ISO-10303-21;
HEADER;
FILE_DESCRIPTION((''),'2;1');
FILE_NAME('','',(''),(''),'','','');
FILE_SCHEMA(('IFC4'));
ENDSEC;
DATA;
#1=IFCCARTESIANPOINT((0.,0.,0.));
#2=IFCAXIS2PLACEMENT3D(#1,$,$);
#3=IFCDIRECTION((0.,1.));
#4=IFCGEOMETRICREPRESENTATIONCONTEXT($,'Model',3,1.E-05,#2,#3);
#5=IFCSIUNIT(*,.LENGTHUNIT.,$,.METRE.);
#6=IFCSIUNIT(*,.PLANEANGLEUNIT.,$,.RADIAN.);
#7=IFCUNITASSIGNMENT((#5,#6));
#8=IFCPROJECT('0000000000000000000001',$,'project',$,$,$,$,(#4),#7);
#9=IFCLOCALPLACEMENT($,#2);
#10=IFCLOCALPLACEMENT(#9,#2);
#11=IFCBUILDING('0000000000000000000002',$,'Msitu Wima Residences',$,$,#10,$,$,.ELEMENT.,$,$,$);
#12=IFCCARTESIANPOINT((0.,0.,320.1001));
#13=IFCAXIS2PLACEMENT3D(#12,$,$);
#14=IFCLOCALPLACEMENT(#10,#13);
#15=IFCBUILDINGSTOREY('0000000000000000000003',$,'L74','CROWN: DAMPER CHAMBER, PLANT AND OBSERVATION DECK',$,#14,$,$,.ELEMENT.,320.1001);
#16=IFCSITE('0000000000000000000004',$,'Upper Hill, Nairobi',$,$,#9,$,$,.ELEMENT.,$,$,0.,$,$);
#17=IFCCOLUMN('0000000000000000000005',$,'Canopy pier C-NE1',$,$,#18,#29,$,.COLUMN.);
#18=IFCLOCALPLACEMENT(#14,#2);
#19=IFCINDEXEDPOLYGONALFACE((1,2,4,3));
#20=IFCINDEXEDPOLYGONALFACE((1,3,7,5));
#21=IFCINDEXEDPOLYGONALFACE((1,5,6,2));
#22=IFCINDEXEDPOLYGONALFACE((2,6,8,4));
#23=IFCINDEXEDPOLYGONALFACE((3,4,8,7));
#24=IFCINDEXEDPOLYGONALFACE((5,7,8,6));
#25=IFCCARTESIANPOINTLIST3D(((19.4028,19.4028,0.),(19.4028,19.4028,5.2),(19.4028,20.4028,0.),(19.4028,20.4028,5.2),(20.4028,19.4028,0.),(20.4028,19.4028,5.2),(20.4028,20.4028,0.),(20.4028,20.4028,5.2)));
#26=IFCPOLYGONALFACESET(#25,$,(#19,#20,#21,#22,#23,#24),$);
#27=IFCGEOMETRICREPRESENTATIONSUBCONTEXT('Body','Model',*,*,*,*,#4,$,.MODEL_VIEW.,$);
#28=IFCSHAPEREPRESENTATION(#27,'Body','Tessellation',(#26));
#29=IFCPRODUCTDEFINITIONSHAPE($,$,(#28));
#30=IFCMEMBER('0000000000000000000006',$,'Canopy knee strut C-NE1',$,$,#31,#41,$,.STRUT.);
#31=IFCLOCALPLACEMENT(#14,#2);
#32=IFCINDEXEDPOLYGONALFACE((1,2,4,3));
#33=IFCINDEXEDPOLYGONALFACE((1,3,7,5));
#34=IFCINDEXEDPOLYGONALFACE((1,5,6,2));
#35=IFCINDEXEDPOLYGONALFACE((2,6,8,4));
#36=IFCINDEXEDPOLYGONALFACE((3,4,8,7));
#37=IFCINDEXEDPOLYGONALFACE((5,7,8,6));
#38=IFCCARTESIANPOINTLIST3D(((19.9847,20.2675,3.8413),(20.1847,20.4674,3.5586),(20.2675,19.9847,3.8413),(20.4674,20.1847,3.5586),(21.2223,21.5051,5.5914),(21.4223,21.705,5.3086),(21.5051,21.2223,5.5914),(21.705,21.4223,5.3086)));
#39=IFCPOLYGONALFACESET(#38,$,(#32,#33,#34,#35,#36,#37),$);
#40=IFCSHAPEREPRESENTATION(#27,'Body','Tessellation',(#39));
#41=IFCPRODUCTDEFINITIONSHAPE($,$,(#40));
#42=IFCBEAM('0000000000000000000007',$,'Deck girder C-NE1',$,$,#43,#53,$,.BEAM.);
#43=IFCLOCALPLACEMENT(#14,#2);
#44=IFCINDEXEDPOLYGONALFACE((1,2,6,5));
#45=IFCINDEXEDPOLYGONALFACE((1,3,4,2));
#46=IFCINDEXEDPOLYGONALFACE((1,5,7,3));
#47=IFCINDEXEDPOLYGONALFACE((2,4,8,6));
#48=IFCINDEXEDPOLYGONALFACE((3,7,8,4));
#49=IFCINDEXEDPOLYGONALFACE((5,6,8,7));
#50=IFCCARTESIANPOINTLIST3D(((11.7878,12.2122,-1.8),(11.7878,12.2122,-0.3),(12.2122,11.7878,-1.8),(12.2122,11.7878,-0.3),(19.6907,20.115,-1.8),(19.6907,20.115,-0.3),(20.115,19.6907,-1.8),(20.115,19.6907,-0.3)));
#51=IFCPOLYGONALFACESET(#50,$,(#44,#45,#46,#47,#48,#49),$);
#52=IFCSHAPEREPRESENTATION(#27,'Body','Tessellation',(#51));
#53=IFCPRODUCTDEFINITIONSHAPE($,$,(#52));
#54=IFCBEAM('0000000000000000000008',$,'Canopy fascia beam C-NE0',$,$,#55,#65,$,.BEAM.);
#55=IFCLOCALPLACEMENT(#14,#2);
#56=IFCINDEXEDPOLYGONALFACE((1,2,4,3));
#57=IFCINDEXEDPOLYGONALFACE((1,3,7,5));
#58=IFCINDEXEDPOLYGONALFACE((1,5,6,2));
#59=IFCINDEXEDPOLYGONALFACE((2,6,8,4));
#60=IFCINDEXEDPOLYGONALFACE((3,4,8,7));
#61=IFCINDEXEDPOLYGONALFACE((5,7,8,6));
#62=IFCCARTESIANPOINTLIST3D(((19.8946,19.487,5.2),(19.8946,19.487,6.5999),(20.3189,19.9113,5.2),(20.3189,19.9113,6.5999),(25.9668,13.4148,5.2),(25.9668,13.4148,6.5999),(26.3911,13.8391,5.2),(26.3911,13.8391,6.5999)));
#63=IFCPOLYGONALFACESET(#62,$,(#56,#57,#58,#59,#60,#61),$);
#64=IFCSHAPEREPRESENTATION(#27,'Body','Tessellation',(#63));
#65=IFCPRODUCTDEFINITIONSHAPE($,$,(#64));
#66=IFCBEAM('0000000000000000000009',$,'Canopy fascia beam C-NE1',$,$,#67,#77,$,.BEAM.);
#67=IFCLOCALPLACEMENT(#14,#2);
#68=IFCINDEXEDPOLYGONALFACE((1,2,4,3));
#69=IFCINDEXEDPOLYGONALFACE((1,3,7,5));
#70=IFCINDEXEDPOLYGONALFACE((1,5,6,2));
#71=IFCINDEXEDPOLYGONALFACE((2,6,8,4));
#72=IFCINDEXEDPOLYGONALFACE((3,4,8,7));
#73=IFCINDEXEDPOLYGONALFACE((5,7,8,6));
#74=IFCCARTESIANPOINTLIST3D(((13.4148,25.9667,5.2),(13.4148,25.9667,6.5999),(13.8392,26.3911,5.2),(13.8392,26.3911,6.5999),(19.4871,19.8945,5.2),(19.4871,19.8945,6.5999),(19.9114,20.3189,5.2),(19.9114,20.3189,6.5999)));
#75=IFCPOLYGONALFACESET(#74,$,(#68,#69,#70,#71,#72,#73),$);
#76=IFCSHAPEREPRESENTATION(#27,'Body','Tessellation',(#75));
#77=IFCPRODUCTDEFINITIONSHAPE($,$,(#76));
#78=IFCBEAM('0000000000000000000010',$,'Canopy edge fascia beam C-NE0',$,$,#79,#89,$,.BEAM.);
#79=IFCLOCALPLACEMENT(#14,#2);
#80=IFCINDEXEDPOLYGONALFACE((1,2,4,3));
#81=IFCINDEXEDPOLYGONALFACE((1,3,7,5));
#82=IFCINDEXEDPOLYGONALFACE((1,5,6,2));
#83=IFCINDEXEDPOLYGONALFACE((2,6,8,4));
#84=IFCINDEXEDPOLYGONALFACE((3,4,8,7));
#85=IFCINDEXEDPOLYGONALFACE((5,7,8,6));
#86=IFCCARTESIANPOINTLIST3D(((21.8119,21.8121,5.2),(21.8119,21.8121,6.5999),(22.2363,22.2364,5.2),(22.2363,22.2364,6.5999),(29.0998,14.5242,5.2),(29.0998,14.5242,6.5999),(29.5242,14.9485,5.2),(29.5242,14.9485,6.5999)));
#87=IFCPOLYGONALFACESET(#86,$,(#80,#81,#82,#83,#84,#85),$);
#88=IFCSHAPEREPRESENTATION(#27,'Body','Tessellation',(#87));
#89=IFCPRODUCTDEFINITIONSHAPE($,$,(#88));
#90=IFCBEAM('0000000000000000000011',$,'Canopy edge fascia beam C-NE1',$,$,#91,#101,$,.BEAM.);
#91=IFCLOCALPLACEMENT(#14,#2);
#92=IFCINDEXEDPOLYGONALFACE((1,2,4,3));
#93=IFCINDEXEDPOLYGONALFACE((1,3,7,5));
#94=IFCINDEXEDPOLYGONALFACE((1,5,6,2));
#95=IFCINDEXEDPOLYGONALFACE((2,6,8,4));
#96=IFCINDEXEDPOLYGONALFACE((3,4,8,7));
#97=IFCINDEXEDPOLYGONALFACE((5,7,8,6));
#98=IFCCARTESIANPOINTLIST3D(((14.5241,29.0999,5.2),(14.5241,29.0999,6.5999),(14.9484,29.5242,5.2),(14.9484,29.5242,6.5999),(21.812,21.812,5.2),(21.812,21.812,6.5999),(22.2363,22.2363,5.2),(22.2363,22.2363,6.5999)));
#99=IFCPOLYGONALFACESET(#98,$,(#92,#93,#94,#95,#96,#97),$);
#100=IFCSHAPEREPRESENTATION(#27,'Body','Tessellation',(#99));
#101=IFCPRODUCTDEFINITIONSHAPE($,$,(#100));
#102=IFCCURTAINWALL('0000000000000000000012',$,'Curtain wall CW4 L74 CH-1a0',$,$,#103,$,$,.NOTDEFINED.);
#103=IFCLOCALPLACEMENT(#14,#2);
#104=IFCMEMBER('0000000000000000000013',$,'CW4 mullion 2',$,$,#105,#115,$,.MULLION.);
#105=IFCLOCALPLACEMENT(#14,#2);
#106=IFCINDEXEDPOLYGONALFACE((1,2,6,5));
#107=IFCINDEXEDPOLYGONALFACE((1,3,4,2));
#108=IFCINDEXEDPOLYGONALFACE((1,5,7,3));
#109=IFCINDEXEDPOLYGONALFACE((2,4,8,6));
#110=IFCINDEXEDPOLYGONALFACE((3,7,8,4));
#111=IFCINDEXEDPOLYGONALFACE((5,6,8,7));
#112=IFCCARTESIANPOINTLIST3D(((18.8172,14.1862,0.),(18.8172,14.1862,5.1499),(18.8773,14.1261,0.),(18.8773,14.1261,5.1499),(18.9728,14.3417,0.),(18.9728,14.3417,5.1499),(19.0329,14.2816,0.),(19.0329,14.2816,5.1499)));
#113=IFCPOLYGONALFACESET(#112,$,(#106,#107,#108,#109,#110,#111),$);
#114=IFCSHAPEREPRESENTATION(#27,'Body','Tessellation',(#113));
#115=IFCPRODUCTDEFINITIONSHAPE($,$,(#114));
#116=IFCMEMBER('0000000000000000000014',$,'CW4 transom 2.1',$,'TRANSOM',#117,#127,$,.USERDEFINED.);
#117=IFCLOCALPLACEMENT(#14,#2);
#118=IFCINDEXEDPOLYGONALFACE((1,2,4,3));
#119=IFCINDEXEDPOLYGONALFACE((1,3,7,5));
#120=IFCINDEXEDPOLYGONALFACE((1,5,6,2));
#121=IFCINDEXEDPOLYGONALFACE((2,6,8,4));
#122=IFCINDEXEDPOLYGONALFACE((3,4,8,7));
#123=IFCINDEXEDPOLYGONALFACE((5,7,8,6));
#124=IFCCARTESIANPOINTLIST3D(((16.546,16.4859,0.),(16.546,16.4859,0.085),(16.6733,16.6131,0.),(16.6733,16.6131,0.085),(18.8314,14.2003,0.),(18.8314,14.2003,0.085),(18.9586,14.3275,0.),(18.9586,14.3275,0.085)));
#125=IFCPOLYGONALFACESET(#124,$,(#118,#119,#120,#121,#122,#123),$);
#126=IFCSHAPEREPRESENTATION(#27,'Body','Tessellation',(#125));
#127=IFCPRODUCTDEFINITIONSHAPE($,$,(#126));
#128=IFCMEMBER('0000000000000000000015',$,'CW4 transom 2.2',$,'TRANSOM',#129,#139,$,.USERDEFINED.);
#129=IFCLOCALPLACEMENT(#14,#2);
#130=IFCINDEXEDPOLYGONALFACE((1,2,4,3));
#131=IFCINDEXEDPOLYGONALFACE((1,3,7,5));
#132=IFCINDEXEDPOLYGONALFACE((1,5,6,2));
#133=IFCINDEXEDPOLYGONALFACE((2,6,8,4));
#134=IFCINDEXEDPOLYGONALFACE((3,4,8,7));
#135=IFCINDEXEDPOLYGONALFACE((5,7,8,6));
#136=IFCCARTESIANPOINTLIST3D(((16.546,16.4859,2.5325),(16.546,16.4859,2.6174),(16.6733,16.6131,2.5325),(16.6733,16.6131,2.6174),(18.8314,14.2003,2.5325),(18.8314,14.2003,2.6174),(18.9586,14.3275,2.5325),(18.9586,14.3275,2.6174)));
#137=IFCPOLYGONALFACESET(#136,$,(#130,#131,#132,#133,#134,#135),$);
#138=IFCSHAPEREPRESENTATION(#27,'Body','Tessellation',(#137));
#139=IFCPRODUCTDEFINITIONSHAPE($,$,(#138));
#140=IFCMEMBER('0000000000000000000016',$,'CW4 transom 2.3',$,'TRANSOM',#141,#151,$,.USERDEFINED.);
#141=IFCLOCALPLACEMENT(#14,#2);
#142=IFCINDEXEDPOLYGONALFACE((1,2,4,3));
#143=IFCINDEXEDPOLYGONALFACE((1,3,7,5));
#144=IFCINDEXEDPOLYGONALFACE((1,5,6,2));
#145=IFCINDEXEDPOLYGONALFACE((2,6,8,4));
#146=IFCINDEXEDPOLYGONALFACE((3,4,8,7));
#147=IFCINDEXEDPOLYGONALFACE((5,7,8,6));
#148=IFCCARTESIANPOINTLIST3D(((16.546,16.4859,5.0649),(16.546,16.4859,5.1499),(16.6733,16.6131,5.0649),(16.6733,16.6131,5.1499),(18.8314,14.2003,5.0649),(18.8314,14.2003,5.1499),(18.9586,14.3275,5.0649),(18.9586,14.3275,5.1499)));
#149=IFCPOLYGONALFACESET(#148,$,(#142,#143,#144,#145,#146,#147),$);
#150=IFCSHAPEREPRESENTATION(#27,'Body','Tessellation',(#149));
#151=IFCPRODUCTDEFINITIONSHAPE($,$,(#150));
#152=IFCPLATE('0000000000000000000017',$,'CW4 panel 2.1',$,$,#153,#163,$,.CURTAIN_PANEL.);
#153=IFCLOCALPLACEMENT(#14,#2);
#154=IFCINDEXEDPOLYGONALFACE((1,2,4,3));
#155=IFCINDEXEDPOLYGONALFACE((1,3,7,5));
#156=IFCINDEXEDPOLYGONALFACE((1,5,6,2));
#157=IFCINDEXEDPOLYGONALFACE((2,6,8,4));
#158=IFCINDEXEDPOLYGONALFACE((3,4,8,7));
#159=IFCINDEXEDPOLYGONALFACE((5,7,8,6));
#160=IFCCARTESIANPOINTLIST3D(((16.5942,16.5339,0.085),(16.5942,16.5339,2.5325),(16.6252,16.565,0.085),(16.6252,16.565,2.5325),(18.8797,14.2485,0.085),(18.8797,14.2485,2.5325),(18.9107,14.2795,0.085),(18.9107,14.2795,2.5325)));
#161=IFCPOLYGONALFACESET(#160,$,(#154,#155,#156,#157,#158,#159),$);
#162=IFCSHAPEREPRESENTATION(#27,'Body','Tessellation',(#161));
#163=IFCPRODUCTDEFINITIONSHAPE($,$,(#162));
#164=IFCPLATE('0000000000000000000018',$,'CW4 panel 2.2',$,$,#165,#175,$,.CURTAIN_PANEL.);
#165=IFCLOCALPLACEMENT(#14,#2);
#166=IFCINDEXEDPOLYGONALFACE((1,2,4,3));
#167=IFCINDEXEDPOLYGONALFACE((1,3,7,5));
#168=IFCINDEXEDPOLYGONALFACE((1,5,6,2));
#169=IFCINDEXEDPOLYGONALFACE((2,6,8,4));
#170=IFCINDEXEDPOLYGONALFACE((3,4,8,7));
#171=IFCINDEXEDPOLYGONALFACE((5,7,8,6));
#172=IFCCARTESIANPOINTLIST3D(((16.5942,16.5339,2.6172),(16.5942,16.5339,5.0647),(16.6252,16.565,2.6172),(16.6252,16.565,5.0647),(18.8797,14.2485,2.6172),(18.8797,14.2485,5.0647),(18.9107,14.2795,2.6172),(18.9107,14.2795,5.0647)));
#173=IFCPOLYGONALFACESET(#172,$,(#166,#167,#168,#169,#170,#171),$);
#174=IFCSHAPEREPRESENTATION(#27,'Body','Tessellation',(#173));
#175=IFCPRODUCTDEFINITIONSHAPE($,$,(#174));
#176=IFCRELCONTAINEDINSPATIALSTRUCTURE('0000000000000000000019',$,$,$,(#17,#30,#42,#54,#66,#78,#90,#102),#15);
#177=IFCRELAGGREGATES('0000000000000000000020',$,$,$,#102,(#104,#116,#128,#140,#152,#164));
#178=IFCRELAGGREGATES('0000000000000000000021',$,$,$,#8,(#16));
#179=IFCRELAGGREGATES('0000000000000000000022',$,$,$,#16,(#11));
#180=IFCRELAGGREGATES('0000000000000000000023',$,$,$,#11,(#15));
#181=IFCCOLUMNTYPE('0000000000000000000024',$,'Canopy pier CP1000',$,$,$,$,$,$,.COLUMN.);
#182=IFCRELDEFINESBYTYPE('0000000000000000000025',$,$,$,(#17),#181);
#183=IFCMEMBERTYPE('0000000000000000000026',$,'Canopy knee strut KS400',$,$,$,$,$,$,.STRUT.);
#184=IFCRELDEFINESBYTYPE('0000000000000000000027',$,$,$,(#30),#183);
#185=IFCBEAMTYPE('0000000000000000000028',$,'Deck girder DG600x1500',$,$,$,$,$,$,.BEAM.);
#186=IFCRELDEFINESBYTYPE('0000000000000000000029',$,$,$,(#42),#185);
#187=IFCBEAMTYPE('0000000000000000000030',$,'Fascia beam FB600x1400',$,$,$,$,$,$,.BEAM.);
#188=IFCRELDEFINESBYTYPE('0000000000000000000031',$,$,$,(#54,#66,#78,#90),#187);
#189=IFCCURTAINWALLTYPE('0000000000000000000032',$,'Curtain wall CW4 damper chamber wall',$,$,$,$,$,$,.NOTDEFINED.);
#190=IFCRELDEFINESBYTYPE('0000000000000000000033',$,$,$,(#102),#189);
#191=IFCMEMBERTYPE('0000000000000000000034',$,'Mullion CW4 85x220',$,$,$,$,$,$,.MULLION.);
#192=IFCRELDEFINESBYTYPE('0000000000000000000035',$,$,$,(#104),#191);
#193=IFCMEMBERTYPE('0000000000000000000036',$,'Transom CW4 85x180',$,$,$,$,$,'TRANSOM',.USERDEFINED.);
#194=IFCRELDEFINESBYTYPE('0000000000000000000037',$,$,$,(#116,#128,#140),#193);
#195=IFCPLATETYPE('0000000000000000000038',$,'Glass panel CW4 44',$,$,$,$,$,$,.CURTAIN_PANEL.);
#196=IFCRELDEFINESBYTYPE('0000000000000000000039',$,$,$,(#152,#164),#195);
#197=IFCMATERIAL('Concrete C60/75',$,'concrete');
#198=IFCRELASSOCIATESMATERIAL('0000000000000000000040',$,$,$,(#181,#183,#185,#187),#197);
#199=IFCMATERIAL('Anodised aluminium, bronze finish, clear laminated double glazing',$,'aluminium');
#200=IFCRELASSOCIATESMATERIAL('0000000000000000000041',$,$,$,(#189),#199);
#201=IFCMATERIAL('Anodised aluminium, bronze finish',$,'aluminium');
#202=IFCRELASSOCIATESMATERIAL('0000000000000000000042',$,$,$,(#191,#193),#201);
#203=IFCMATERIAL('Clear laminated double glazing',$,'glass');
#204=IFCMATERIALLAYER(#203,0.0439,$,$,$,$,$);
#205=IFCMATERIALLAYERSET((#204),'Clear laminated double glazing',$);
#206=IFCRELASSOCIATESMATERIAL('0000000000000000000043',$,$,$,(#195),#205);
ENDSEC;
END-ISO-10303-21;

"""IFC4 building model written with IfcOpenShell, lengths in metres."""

from ifc_helpers import new_model, si_unit, direction, frame, origin, origin_2d, place, context, subcontext, project, spatial, rectangle, extrude, material, layer, layer_set, material_profile, profile_set, type_object, element, aggregate, save


model = new_model("IFC4")

# Units and contexts
model_context = context("Model", 3, precision=1e-05, world=origin(), true_north=direction((0.0, 1.0)))
body_context = subcontext(model_context, "Body", "Model", "MODEL_VIEW")
ifc_project = project(units=[si_unit("LENGTHUNIT", "METRE"), si_unit("PLANEANGLEUNIT", "RADIAN")], contexts=[model_context])

# Site, building, storey
site_placement = place(None, origin())
site = spatial("IfcSite", under=ifc_project, at=site_placement, Name="Upper Hill, Nairobi", CompositionType="ELEMENT", RefElevation=0.0)
building_placement = place(site_placement, origin())
building = spatial("IfcBuilding", under=site, at=building_placement, Name="Msitu Wima Residences", CompositionType="ELEMENT")
storey_placement = place(building_placement, frame((0.0, 0.0, 320.1001)))
storey = spatial("IfcBuildingStorey", under=building, at=storey_placement, Name="L74", Description="CROWN: DAMPER CHAMBER, PLANT AND OBSERVATION DECK", CompositionType="ELEMENT", Elevation=320.1001)

# Column
ifc_material_1 = material(Name="Concrete C60/75", Category="concrete")
ifc_material_profile_1 = material_profile(ifc_material_1, rectangle(XDim=1.0, YDim=1.0, at=origin_2d()), Name="RC 1000x1000")
ifc_profile_set_1 = profile_set([ifc_material_profile_1], Name="Concrete C60/75")
column_type = type_object("IfcColumnType", Name="Canopy pier CP1000", PredefinedType="COLUMN", material=ifc_profile_set_1)
column_placement = place(storey_placement, frame((19.9028, 19.9028, 0.0), z_axis=(0.0, 0.0, 1.0), x_axis=(1.0, 0.0, 0.0)))
element("IfcColumn", 1, at=column_placement, inside=storey, type_object=column_type, Name="Canopy pier C-NE1", PredefinedType="COLUMN", context=body_context, shape_type="SweptSolid", body=[
    extrude(rectangle(XDim=1.0, YDim=1.0, at=origin_2d()), origin(), (0.0, 0.0, 1.0), 5.2),
])

# Member
ifc_material_profile_2 = material_profile(ifc_material_1, rectangle(XDim=0.3999, YDim=0.3999, at=origin_2d()), Name="RC 400x400")
ifc_profile_set_2 = profile_set([ifc_material_profile_2], Name="Concrete C60/75")
member_type_1 = type_object("IfcMemberType", Name="Canopy knee strut KS400", PredefinedType="STRUT", material=ifc_profile_set_2)
member_1_placement = place(storey_placement, frame((20.2261, 20.2261, 3.7), z_axis=(0.500023, 0.500023, 0.707075), x_axis=(-0.707107, 0.707107, 0.0)))
element("IfcMember", 2, at=member_1_placement, inside=storey, type_object=member_type_1, Name="Canopy knee strut C-NE1", PredefinedType="STRUT", context=body_context, shape_type="SweptSolid", body=[
    extrude(rectangle(XDim=0.3999, YDim=0.3999, at=origin_2d()), origin(), (0.0, 0.0, 1.0), 2.4751),
])

# Beams
ifc_material_profile_3 = material_profile(ifc_material_1, rectangle(XDim=0.6001, YDim=1.5, at=origin_2d()), Name="RC 600x1500")
ifc_profile_set_3 = profile_set([ifc_material_profile_3], Name="Concrete C60/75")
beam_type_1 = type_object("IfcBeamType", Name="Deck girder DG600x1500", PredefinedType="BEAM", material=ifc_profile_set_3)
beam_placement = place(storey_placement, frame((19.9028, 19.9028, -1.05), z_axis=(-0.707107, -0.707107, 0.0), x_axis=(0.707107, -0.707107, 0.0)))
element("IfcBeam", 3, at=beam_placement, inside=storey, type_object=beam_type_1, Name="Deck girder C-NE1", PredefinedType="BEAM", context=body_context, shape_type="SweptSolid", body=[
    extrude(rectangle(XDim=0.6001, YDim=1.5, at=origin_2d()), origin(), (0.0, 0.0, 1.0), 11.1763),
])
ifc_material_profile_4 = material_profile(ifc_material_1, rectangle(XDim=0.6001, YDim=1.3999, at=origin_2d()), Name="RC 600x1400")
ifc_profile_set_4 = profile_set([ifc_material_profile_4], Name="Concrete C60/75")
beam_type_2 = type_object("IfcBeamType", Name="Fascia beam FB600x1400", PredefinedType="BEAM", material=ifc_profile_set_4)
for number, where, z_axis, x_axis, name in (
    (4, (26.179, 13.627, 5.8999), (-0.707107, 0.707107, 0.0), (-0.707107, -0.707107, 0.0), "Canopy fascia beam C-NE0"),
    (5, (19.6992, 20.1067, 5.8999), (-0.707107, 0.707107, 0.0), (-0.707107, -0.707107, 0.0), "Canopy fascia beam C-NE1"),
):
    element("IfcBeam", number, at=place(storey_placement, frame(where, z_axis=z_axis, x_axis=x_axis)), inside=storey, type_object=beam_type_2, Name=name, PredefinedType="BEAM", context=body_context, shape_type="SweptSolid", body=[
        extrude(rectangle(XDim=0.6001, YDim=1.3999, at=origin_2d()), origin(), (0.0, 0.0, 1.0), 8.5874),
    ])
for number, where, z_axis, x_axis, name in (
    (6, (29.312, 14.7363, 5.8999), (-0.707107, 0.707107, 0.0), (-0.707107, -0.707107, 0.0), "Canopy edge fascia beam C-NE0"),
    (7, (22.0242, 22.0242, 5.8999), (-0.707107, 0.707107, 0.0), (-0.707107, -0.707107, 0.0), "Canopy edge fascia beam C-NE1"),
):
    element("IfcBeam", number, at=place(storey_placement, frame(where, z_axis=z_axis, x_axis=x_axis)), inside=storey, type_object=beam_type_2, Name=name, PredefinedType="BEAM", context=body_context, shape_type="SweptSolid", body=[
        extrude(rectangle(XDim=0.6001, YDim=1.3999, at=origin_2d()), origin(), (0.0, 0.0, 1.0), 10.3066),
    ])

# Curtain wall, members, plates
ifc_material_2 = material(Name="Anodised aluminium, bronze finish, clear laminated double glazing", Category="aluminium")
curtain_wall_type = type_object("IfcCurtainWallType", Name="Curtain wall CW4 damper chamber wall", PredefinedType="NOTDEFINED", material=ifc_material_2)
curtain_wall_placement = place(storey_placement, origin())
curtain_wall = element("IfcCurtainWall", 8, at=curtain_wall_placement, inside=storey, type_object=curtain_wall_type, Name="Curtain wall CW4 L74 CH-1a0", PredefinedType="NOTDEFINED")
ifc_material_3 = material(Name="Anodised aluminium, bronze finish", Category="aluminium")
ifc_material_profile_5 = material_profile(ifc_material_3, rectangle(XDim=0.22, YDim=0.085, at=origin_2d()), Name="Mullion 85x220")
ifc_profile_set_5 = profile_set([ifc_material_profile_5], Name="Anodised aluminium, bronze finish")
member_type_2 = type_object("IfcMemberType", Name="Mullion CW4 85x220", PredefinedType="MULLION", material=ifc_profile_set_5)
member_2_placement = place(storey_placement, frame((18.925, 14.2339, 0.0), z_axis=(0.0, 0.0, 1.0), x_axis=(-0.707107, -0.707107, 0.0)))
member_2 = element("IfcMember", 9, at=member_2_placement, type_object=member_type_2, Name="CW4 mullion 2", PredefinedType="MULLION", context=body_context, shape_type="SweptSolid", body=[
    extrude(rectangle(XDim=0.22, YDim=0.085, at=origin_2d()), origin(), (0.0, 0.0, 1.0), 5.1499),
])
ifc_material_profile_6 = material_profile(ifc_material_3, rectangle(XDim=0.1799, YDim=0.085, at=origin_2d()), Name="Transom 85x180")
ifc_profile_set_6 = profile_set([ifc_material_profile_6], Name="Anodised aluminium, bronze finish")
member_type_3 = type_object("IfcMemberType", Name="Transom CW4 85x180", ElementType="TRANSOM", PredefinedType="USERDEFINED", material=ifc_profile_set_6)
member_3_placement = place(storey_placement, frame((18.895, 14.2639, 0.0425), z_axis=(-0.707069, 0.707145, 0.0), x_axis=(-0.707145, -0.707069, 0.0)))
member_3 = element("IfcMember", 10, at=member_3_placement, type_object=member_type_3, Name="CW4 transom 2.1", ObjectType="TRANSOM", PredefinedType="USERDEFINED", context=body_context, shape_type="SweptSolid", body=[
    extrude(rectangle(XDim=0.1799, YDim=0.085, at=origin_2d()), origin(), (0.0, 0.0, 1.0), 3.2322),
])
member_4_placement = place(storey_placement, frame((18.895, 14.2639, 2.575), z_axis=(-0.707069, 0.707145, 0.0), x_axis=(-0.707145, -0.707069, 0.0)))
member_4 = element("IfcMember", 11, at=member_4_placement, type_object=member_type_3, Name="CW4 transom 2.2", ObjectType="TRANSOM", PredefinedType="USERDEFINED", context=body_context, shape_type="SweptSolid", body=[
    extrude(rectangle(XDim=0.1799, YDim=0.085, at=origin_2d()), origin(), (0.0, 0.0, 1.0), 3.2322),
])
member_5_placement = place(storey_placement, frame((18.895, 14.2639, 5.1074), z_axis=(-0.707069, 0.707145, 0.0), x_axis=(-0.707145, -0.707069, 0.0)))
member_5 = element("IfcMember", 12, at=member_5_placement, type_object=member_type_3, Name="CW4 transom 2.3", ObjectType="TRANSOM", PredefinedType="USERDEFINED", context=body_context, shape_type="SweptSolid", body=[
    extrude(rectangle(XDim=0.1799, YDim=0.085, at=origin_2d()), origin(), (0.0, 0.0, 1.0), 3.2322),
])
ifc_material_4 = material(Name="Clear laminated double glazing", Category="glass")
ifc_layer_1 = layer(ifc_material_4, 0.0439)
ifc_layer_set_1 = layer_set([ifc_layer_1], Name="Clear laminated double glazing")
plate_type = type_object("IfcPlateType", Name="Glass panel CW4 44", PredefinedType="CURTAIN_PANEL", material=ifc_layer_set_1)
plate_1_placement = place(storey_placement, frame((17.7524, 15.4067, 0.085), z_axis=(0.0, 0.0, 1.0), x_axis=(-0.707107, 0.707107, 0.0)))
plate_1 = element("IfcPlate", 13, at=plate_1_placement, type_object=plate_type, Name="CW4 panel 2.1", PredefinedType="CURTAIN_PANEL", context=body_context, shape_type="SweptSolid", body=[
    extrude(rectangle(XDim=3.2322, YDim=0.0439, at=origin_2d()), origin(), (0.0, 0.0, 1.0), 2.4475),
])
plate_2_placement = place(storey_placement, frame((17.7524, 15.4067, 2.6172), z_axis=(0.0, 0.0, 1.0), x_axis=(-0.707107, 0.707107, 0.0)))
plate_2 = element("IfcPlate", 14, at=plate_2_placement, type_object=plate_type, Name="CW4 panel 2.2", PredefinedType="CURTAIN_PANEL", context=body_context, shape_type="SweptSolid", body=[
    extrude(rectangle(XDim=3.2322, YDim=0.0439, at=origin_2d()), origin(), (0.0, 0.0, 1.0), 2.4475),
])
aggregate(curtain_wall, [member_2, member_3, member_4, member_5, plate_1, plate_2])

save(model, "model.ifc")
